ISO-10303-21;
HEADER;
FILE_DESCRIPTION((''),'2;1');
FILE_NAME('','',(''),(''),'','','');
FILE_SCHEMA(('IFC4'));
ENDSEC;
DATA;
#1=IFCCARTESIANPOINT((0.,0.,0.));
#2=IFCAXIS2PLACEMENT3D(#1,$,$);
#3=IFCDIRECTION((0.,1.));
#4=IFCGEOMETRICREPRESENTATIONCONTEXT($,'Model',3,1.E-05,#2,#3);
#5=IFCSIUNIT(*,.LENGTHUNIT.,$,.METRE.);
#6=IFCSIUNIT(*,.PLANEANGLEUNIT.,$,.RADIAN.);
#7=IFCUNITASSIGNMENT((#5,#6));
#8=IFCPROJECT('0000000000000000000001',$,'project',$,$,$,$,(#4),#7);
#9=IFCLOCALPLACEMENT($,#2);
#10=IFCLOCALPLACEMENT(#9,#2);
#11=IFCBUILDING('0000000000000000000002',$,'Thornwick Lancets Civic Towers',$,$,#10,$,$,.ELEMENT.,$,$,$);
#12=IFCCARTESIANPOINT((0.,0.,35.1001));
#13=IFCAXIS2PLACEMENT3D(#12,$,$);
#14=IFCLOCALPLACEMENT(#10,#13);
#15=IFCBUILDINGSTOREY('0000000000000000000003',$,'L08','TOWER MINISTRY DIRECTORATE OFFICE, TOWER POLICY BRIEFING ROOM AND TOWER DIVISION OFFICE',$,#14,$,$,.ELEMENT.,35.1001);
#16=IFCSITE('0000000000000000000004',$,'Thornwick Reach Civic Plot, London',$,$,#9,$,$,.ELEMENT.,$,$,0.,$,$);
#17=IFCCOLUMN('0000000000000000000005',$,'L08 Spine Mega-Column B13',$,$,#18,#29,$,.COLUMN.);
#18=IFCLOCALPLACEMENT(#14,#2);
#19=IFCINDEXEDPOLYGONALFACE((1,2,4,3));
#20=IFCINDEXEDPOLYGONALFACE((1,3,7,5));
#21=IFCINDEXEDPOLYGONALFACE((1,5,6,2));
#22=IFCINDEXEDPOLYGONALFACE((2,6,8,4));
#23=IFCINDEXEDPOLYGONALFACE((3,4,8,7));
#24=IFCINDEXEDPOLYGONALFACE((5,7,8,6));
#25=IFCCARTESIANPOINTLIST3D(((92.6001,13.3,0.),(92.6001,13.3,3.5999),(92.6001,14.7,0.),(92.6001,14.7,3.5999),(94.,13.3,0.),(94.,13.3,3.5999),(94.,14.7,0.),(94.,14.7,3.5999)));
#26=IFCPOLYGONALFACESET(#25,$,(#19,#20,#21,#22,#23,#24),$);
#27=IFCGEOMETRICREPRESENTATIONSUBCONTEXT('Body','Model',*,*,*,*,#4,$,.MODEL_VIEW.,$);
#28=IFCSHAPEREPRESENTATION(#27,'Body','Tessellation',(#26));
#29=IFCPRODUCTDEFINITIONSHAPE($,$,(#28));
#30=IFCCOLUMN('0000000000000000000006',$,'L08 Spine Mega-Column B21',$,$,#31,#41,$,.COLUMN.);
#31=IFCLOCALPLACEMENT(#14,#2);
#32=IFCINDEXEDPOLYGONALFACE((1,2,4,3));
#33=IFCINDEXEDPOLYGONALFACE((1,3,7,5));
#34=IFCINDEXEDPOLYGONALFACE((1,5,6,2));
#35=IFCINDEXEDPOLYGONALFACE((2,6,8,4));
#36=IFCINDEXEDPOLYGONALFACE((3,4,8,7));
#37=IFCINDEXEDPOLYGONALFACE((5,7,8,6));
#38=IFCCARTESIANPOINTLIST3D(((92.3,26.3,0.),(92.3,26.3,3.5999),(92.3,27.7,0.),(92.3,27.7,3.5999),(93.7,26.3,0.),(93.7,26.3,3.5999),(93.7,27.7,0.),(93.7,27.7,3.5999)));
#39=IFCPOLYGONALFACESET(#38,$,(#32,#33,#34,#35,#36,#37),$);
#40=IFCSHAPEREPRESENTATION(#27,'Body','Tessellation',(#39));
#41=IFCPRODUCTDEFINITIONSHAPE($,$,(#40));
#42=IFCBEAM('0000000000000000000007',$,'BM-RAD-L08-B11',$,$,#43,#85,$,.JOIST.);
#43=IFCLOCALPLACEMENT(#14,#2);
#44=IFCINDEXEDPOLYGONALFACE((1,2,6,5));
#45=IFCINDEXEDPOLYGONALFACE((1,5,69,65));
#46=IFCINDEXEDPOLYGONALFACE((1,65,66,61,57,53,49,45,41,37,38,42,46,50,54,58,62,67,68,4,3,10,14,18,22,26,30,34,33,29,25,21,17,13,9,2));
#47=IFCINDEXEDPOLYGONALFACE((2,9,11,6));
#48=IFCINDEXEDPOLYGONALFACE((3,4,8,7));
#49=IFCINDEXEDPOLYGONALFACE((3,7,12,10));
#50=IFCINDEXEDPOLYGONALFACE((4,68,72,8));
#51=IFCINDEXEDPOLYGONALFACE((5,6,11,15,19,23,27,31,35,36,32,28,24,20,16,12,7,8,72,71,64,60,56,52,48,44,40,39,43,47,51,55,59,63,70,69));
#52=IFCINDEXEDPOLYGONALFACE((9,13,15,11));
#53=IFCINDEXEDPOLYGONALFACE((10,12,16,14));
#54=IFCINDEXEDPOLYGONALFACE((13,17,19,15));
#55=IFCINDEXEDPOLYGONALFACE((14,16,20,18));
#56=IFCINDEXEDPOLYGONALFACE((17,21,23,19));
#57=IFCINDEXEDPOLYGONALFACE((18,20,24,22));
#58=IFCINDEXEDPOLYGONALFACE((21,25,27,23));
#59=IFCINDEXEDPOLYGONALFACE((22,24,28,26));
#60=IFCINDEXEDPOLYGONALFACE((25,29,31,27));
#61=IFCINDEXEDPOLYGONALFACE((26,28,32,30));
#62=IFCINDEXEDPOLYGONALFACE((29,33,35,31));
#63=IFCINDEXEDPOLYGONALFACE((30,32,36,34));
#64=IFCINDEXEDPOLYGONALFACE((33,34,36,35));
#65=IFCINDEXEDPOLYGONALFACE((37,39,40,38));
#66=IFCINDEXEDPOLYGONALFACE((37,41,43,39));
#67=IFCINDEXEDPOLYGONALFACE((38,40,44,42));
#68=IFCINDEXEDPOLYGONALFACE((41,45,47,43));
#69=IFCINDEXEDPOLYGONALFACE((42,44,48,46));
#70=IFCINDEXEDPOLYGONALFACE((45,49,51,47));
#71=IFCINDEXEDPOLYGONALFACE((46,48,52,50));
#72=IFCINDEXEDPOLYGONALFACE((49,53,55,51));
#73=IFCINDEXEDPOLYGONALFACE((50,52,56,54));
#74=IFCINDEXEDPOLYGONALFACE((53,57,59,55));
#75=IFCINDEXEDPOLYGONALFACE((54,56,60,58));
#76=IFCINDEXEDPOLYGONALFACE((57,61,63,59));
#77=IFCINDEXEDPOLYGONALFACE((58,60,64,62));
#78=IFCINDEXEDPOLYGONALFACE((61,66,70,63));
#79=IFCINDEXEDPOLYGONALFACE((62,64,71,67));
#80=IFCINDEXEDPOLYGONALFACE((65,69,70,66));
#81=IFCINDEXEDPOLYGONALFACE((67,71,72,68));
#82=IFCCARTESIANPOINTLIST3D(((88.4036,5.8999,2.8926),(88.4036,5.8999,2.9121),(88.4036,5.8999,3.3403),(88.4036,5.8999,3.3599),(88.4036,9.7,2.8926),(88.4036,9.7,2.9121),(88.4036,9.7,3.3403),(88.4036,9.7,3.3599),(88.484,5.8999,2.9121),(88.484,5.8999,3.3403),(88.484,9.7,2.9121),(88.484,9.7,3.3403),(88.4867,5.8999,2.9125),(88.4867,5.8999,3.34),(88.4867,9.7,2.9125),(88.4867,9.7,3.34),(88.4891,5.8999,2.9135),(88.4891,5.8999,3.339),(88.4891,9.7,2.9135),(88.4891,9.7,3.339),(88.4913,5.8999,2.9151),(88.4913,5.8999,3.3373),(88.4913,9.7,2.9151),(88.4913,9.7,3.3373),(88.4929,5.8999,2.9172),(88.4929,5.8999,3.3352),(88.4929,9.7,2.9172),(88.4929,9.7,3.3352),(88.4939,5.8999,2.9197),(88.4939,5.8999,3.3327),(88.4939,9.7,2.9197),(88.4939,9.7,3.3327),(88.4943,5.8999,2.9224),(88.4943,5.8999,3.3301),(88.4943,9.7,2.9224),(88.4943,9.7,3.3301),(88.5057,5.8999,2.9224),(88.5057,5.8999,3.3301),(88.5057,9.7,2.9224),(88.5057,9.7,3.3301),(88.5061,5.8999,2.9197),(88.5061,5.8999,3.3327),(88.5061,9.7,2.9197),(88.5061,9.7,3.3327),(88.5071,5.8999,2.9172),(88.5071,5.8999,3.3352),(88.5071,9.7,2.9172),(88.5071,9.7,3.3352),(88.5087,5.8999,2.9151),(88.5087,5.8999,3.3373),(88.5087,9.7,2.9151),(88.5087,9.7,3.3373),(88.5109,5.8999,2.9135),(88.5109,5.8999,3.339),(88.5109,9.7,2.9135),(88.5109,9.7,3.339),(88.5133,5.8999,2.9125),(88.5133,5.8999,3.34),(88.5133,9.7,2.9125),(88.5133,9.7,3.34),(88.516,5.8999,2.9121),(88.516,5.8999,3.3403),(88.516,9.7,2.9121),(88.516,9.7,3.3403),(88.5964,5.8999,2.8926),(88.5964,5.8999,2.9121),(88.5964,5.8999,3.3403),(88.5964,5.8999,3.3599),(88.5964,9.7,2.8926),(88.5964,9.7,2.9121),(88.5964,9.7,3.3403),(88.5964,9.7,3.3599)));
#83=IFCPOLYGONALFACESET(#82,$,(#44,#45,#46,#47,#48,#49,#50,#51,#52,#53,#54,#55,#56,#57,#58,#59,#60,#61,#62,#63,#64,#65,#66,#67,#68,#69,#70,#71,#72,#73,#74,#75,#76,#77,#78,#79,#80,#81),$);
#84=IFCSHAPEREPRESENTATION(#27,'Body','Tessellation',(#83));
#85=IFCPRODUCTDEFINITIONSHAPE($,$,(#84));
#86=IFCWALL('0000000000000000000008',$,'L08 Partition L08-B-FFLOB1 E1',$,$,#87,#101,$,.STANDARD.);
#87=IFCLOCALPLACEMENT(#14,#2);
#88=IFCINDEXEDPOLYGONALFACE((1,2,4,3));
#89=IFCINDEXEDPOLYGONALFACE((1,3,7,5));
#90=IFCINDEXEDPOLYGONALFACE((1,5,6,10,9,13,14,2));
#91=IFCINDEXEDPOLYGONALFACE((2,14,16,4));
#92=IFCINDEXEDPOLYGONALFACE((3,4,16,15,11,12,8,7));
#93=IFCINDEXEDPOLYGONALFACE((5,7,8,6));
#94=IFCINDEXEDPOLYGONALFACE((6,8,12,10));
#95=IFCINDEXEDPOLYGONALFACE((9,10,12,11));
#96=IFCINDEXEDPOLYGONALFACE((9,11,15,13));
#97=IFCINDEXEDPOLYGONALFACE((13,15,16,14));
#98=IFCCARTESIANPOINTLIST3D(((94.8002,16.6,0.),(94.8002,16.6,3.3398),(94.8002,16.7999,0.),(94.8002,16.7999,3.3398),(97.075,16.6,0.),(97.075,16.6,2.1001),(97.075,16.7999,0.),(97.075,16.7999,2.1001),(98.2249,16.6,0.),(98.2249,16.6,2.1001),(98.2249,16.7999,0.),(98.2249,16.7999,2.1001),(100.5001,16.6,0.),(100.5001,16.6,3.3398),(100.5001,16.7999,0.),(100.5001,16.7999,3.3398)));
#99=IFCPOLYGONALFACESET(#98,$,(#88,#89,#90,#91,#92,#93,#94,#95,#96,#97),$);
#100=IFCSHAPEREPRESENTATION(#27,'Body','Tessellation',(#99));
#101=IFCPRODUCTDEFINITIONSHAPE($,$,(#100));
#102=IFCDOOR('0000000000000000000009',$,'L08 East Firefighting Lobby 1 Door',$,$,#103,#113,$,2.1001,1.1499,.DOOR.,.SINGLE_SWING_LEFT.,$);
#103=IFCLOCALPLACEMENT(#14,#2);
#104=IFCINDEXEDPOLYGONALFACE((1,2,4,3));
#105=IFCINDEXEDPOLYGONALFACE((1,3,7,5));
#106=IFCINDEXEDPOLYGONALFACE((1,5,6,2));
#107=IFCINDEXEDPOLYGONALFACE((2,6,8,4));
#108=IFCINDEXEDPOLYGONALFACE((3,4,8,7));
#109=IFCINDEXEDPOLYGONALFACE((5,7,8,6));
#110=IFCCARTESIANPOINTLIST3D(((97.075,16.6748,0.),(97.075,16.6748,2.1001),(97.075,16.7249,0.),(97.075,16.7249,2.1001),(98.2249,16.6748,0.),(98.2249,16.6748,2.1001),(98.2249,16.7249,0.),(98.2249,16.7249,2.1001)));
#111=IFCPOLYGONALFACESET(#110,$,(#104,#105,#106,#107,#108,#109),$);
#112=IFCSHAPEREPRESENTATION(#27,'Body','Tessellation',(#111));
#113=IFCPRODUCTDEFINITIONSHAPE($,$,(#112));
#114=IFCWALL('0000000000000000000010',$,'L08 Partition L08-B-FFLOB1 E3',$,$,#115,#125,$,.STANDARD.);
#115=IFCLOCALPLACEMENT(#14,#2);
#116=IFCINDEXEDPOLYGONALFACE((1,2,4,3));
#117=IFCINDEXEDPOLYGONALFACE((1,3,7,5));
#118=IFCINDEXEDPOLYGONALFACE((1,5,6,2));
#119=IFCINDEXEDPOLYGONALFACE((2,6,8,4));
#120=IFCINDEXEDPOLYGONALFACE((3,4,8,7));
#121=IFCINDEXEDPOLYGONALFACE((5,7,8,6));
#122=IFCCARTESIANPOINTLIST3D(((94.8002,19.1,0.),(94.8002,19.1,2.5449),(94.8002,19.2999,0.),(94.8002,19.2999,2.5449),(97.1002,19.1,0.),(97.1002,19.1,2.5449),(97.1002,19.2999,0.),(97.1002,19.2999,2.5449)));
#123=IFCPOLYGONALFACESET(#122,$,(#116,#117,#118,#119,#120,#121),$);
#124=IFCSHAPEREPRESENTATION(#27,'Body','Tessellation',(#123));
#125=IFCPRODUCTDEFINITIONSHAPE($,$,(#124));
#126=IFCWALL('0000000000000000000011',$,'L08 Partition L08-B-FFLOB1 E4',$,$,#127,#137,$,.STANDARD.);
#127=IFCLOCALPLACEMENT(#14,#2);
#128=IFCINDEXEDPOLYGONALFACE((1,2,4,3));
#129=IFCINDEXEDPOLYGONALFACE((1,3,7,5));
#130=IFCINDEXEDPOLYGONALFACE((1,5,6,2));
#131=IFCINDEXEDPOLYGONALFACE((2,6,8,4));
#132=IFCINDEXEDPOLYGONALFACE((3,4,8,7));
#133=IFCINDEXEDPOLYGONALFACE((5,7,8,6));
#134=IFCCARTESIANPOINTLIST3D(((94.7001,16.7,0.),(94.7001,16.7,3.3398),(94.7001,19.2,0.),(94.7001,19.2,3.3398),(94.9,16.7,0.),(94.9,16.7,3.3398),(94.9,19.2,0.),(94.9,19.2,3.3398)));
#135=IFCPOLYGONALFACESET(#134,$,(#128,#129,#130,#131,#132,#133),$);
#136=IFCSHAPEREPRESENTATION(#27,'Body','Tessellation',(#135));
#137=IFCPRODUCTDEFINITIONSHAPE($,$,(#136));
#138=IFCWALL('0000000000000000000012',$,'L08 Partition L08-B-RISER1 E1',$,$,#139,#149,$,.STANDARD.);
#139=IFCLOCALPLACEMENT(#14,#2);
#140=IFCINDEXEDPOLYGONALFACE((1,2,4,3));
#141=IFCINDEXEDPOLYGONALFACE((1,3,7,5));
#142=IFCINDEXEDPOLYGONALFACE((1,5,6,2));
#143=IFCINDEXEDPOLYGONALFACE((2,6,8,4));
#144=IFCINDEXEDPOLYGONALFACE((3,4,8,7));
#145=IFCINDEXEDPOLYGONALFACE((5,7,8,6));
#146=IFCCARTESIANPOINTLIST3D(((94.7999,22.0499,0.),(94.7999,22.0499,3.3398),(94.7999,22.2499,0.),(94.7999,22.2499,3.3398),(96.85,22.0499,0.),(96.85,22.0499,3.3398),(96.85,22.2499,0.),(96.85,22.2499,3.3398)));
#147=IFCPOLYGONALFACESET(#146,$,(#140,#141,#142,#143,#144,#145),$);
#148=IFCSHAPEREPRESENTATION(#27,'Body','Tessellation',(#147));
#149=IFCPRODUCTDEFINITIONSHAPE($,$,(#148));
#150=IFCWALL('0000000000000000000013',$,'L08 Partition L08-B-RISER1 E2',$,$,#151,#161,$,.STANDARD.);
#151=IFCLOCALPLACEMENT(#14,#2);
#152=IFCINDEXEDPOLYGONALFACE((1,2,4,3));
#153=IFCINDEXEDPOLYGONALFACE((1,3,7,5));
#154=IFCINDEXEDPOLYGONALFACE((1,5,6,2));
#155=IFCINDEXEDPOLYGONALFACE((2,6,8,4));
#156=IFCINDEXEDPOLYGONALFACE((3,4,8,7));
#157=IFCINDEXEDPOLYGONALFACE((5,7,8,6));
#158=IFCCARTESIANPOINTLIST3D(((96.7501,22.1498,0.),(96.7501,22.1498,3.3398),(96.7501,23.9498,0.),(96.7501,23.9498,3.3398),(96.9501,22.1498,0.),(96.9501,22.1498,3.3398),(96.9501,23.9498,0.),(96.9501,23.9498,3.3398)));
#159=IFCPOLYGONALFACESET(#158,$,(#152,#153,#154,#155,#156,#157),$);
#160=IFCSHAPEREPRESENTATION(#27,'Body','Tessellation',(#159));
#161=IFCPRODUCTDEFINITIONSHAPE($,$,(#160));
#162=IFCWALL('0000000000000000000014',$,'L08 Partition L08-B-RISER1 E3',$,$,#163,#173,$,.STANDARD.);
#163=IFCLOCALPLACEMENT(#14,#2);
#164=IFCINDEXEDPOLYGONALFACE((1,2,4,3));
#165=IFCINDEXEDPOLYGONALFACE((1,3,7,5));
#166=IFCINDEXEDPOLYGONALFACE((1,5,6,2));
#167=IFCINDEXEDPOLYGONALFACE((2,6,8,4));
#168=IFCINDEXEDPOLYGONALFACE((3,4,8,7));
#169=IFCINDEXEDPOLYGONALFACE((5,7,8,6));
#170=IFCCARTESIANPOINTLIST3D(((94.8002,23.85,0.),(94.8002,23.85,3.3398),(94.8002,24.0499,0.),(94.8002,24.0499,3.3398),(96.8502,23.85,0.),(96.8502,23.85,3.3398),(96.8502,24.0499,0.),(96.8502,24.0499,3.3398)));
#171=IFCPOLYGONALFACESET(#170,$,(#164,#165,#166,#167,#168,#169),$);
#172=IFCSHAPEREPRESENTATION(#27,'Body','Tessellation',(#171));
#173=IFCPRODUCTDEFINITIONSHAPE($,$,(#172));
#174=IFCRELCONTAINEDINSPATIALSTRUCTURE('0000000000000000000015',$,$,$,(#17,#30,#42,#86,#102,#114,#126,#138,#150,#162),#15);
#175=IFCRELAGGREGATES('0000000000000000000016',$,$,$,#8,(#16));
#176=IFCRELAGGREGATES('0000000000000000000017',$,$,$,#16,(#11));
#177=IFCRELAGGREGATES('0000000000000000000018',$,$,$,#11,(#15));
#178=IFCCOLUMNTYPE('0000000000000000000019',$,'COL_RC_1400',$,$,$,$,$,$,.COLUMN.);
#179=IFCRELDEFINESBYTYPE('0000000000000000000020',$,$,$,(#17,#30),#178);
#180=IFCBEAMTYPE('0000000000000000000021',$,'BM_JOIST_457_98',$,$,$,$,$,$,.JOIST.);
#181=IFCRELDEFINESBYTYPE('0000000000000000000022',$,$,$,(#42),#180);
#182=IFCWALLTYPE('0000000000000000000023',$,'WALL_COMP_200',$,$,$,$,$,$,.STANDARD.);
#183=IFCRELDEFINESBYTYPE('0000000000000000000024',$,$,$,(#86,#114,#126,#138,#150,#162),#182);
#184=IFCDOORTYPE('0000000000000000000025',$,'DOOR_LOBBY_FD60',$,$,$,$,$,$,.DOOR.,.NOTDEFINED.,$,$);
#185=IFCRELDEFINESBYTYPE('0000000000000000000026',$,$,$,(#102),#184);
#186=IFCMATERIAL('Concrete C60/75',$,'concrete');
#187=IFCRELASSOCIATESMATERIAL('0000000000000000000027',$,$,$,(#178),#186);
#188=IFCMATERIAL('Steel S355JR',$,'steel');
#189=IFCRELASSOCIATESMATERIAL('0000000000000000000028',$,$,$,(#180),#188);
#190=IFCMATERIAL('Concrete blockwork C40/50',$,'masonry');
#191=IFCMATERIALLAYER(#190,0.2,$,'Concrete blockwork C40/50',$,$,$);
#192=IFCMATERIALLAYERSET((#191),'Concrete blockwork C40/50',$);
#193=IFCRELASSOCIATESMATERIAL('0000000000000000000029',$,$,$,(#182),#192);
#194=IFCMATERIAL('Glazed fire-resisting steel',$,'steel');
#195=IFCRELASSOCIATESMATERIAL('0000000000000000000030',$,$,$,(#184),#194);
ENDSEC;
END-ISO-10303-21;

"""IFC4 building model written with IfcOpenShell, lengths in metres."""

from ifc_helpers import new_model, si_unit, direction, frame, frame_2d, origin, origin_2d, place, context, subcontext, project, spatial, rectangle, i_section, extrude, material, layer, layer_set, material_profile, profile_set, type_object, element, fill, save


model = new_model("IFC4")

# Units and contexts
model_context = context("Model", 3, precision=1e-05, world=origin(), true_north=direction((0.0, 1.0)))
body_context = subcontext(model_context, "Body", "Model", "MODEL_VIEW")
ifc_project = project(units=[si_unit("LENGTHUNIT", "METRE"), si_unit("PLANEANGLEUNIT", "RADIAN")], contexts=[model_context])

# Site, building, storey
site_placement = place(None, origin())
site = spatial("IfcSite", under=ifc_project, at=site_placement, Name="Thornwick Reach Civic Plot, London", CompositionType="ELEMENT", RefElevation=0.0)
building_placement = place(site_placement, origin())
building = spatial("IfcBuilding", under=site, at=building_placement, Name="Thornwick Lancets Civic Towers", CompositionType="ELEMENT")
storey_placement = place(building_placement, frame((0.0, 0.0, 35.1001)))
storey = spatial("IfcBuildingStorey", under=building, at=storey_placement, Name="L08", Description="TOWER MINISTRY DIRECTORATE OFFICE, TOWER POLICY BRIEFING ROOM AND TOWER DIVISION OFFICE", CompositionType="ELEMENT", Elevation=35.1001)

# Columns
ifc_material_1 = material(Name="Concrete C60/75", Category="concrete")
ifc_material_profile_1 = material_profile(ifc_material_1, rectangle(XDim=1.3999, YDim=1.3999, at=origin_2d()), Name="RC 1400x1400")
ifc_profile_set_1 = profile_set([ifc_material_profile_1], Name="Concrete C60/75")
column_type = type_object("IfcColumnType", Name="COL_RC_1400", PredefinedType="COLUMN", material=ifc_profile_set_1)
for number, where, z_axis, x_axis, name in (
    (1, (93.3, 14.0, 0.0), (0.0, 0.0, 1.0), (1.0, 0.0, 0.0), "L08 Spine Mega-Column B13"),
    (2, (93.0, 27.0, 0.0), (0.0, 0.0, 1.0), (1.0, 0.0, 0.0), "L08 Spine Mega-Column B21"),
):
    element("IfcColumn", number, at=place(storey_placement, frame(where, z_axis=z_axis, x_axis=x_axis)), inside=storey, type_object=column_type, Name=name, PredefinedType="COLUMN", context=body_context, shape_type="SweptSolid", body=[
        extrude(rectangle(XDim=1.3999, YDim=1.3999, at=origin_2d()), origin(), (0.0, 0.0, 1.0), 3.5999),
    ])

# Beam
ifc_material_2 = material(Name="Steel S355JR", Category="steel")
ifc_material_profile_2 = material_profile(ifc_material_2, i_section(OverallWidth=0.1929, OverallDepth=0.4673, WebThickness=0.0115, FlangeThickness=0.0195, FilletRadius=0.0103, at=origin_2d()), Name="UKB 457x191x98")
ifc_profile_set_2 = profile_set([ifc_material_profile_2], Name="Steel S355JR")
beam_type = type_object("IfcBeamType", Name="BM_JOIST_457_98", PredefinedType="JOIST", material=ifc_profile_set_2)
beam_placement = place(storey_placement, frame((88.5, 9.7, 3.1262), z_axis=(0.0, -1.0, 0.0), x_axis=(1.0, 0.0, 0.0)))
element("IfcBeam", 3, at=beam_placement, inside=storey, type_object=beam_type, Name="BM-RAD-L08-B11", PredefinedType="JOIST", context=body_context, shape_type="SweptSolid", body=[
    extrude(i_section(OverallWidth=0.1929, OverallDepth=0.4673, WebThickness=0.0115, FlangeThickness=0.0195, FilletRadius=0.0103, at=origin_2d()), origin(), (0.0, 0.0, 1.0), 3.8),
])

# Wall, opening, door
ifc_material_3 = material(Name="Concrete blockwork C40/50", Category="masonry")
ifc_layer_1 = layer(ifc_material_3, 0.2, Name="Concrete blockwork C40/50")
ifc_layer_set_1 = layer_set([ifc_layer_1], Name="Concrete blockwork C40/50")
wall_type_1 = type_object("IfcWallType", Name="WALL_COMP_200", PredefinedType="STANDARD", material=ifc_layer_set_1)
wall_1_placement = place(storey_placement, frame((94.8, 16.7, 0.0), z_axis=(0.0, 0.0, 1.0), x_axis=(1.0, 0.0, 0.0)))
wall_1 = element("IfcWall", 4, at=wall_1_placement, inside=storey, type_object=wall_type_1, Name="L08 Partition L08-B-FFLOB1 E1", PredefinedType="STANDARD", context=body_context, shape_type="SweptSolid", body=[
    extrude(rectangle(XDim=5.7, YDim=0.2, at=frame_2d((2.8501, 0.0))), origin(), (0.0, 0.0, 1.0), 3.3398),
])
opening_1_placement = place(wall_1_placement, frame((2.2749, 0.0, 0.0)))
opening_1 = element("IfcOpeningElement", 5, at=opening_1_placement, cuts=wall_1, PredefinedType="OPENING", context=body_context, shape_type="SweptSolid", body=[
    extrude(rectangle(XDim=1.1499, YDim=2.1001, at=frame_2d((0.575, 1.05))), frame((0.0, 0.1099, 0.0), z_axis=(0.0, -1.0, 0.0), x_axis=(1.0, 0.0, 0.0)), (0.0, 0.0, 1.0), 0.22),
])
ifc_material_4 = material(Name="Glazed fire-resisting steel", Category="steel")
door_type_1 = type_object("IfcDoorType", Name="DOOR_LOBBY_FD60", OperationType="NOTDEFINED", PredefinedType="DOOR", material=ifc_material_4)
door_1_placement = place(opening_1_placement, origin())
door_1 = element("IfcDoor", 6, at=door_1_placement, inside=storey, type_object=door_type_1, Name="L08 East Firefighting Lobby 1 Door", OperationType="SINGLE_SWING_LEFT", OverallHeight=2.1001, OverallWidth=1.1499, PredefinedType="DOOR", context=body_context, shape_type="SweptSolid", body=[
    extrude(rectangle(XDim=1.1499, YDim=2.1001, at=frame_2d((0.575, 1.05))), frame((0.0, 0.0249, 0.0), z_axis=(0.0, -1.0, 0.0), x_axis=(1.0, 0.0, 0.0)), (0.0, 0.0, 1.0), 0.05),
])
fill(opening_1, door_1)

# Walls
wall_2_placement = place(storey_placement, frame((97.1001, 19.2, 0.0), z_axis=(0.0, 0.0, 1.0), x_axis=(-1.0, 0.0, 0.0)))
element("IfcWall", 7, at=wall_2_placement, inside=storey, type_object=wall_type_1, Name="L08 Partition L08-B-FFLOB1 E3", PredefinedType="STANDARD", context=body_context, shape_type="SweptSolid", body=[
    extrude(rectangle(XDim=2.3, YDim=0.2, at=frame_2d((1.1499, 0.0))), origin(), (0.0, 0.0, 1.0), 2.5449),
])
wall_3_placement = place(storey_placement, frame((94.8, 19.2, 0.0), z_axis=(0.0, 0.0, 1.0), x_axis=(0.0, -1.0, 0.0)))
element("IfcWall", 8, at=wall_3_placement, inside=storey, type_object=wall_type_1, Name="L08 Partition L08-B-FFLOB1 E4", PredefinedType="STANDARD", context=body_context, shape_type="SweptSolid", body=[
    extrude(rectangle(XDim=2.5, YDim=0.2, at=frame_2d((1.25, 0.0))), origin(), (0.0, 0.0, 1.0), 3.3398),
])
wall_4_placement = place(storey_placement, frame((94.8, 22.1499, 0.0), z_axis=(0.0, 0.0, 1.0), x_axis=(1.0, 0.0, 0.0)))
element("IfcWall", 9, at=wall_4_placement, inside=storey, type_object=wall_type_1, Name="L08 Partition L08-B-RISER1 E1", PredefinedType="STANDARD", context=body_context, shape_type="SweptSolid", body=[
    extrude(rectangle(XDim=2.05, YDim=0.2, at=frame_2d((1.0249, 0.0))), origin(), (0.0, 0.0, 1.0), 3.3398),
])
wall_5_placement = place(storey_placement, frame((96.8501, 22.1499, 0.0), z_axis=(0.0, 0.0, 1.0), x_axis=(0.0, 1.0, 0.0)))
element("IfcWall", 10, at=wall_5_placement, inside=storey, type_object=wall_type_1, Name="L08 Partition L08-B-RISER1 E2", PredefinedType="STANDARD", context=body_context, shape_type="SweptSolid", body=[
    extrude(rectangle(XDim=1.8, YDim=0.2, at=frame_2d((0.8999, 0.0))), origin(), (0.0, 0.0, 1.0), 3.3398),
])
wall_6_placement = place(storey_placement, frame((96.8501, 23.95, 0.0), z_axis=(0.0, 0.0, 1.0), x_axis=(-1.0, 0.0, 0.0)))
element("IfcWall", 11, at=wall_6_placement, inside=storey, type_object=wall_type_1, Name="L08 Partition L08-B-RISER1 E3", PredefinedType="STANDARD", context=body_context, shape_type="SweptSolid", body=[
    extrude(rectangle(XDim=2.05, YDim=0.2, at=frame_2d((1.0249, 0.0))), origin(), (0.0, 0.0, 1.0), 3.3398),
])

save(model, "model.ifc")
